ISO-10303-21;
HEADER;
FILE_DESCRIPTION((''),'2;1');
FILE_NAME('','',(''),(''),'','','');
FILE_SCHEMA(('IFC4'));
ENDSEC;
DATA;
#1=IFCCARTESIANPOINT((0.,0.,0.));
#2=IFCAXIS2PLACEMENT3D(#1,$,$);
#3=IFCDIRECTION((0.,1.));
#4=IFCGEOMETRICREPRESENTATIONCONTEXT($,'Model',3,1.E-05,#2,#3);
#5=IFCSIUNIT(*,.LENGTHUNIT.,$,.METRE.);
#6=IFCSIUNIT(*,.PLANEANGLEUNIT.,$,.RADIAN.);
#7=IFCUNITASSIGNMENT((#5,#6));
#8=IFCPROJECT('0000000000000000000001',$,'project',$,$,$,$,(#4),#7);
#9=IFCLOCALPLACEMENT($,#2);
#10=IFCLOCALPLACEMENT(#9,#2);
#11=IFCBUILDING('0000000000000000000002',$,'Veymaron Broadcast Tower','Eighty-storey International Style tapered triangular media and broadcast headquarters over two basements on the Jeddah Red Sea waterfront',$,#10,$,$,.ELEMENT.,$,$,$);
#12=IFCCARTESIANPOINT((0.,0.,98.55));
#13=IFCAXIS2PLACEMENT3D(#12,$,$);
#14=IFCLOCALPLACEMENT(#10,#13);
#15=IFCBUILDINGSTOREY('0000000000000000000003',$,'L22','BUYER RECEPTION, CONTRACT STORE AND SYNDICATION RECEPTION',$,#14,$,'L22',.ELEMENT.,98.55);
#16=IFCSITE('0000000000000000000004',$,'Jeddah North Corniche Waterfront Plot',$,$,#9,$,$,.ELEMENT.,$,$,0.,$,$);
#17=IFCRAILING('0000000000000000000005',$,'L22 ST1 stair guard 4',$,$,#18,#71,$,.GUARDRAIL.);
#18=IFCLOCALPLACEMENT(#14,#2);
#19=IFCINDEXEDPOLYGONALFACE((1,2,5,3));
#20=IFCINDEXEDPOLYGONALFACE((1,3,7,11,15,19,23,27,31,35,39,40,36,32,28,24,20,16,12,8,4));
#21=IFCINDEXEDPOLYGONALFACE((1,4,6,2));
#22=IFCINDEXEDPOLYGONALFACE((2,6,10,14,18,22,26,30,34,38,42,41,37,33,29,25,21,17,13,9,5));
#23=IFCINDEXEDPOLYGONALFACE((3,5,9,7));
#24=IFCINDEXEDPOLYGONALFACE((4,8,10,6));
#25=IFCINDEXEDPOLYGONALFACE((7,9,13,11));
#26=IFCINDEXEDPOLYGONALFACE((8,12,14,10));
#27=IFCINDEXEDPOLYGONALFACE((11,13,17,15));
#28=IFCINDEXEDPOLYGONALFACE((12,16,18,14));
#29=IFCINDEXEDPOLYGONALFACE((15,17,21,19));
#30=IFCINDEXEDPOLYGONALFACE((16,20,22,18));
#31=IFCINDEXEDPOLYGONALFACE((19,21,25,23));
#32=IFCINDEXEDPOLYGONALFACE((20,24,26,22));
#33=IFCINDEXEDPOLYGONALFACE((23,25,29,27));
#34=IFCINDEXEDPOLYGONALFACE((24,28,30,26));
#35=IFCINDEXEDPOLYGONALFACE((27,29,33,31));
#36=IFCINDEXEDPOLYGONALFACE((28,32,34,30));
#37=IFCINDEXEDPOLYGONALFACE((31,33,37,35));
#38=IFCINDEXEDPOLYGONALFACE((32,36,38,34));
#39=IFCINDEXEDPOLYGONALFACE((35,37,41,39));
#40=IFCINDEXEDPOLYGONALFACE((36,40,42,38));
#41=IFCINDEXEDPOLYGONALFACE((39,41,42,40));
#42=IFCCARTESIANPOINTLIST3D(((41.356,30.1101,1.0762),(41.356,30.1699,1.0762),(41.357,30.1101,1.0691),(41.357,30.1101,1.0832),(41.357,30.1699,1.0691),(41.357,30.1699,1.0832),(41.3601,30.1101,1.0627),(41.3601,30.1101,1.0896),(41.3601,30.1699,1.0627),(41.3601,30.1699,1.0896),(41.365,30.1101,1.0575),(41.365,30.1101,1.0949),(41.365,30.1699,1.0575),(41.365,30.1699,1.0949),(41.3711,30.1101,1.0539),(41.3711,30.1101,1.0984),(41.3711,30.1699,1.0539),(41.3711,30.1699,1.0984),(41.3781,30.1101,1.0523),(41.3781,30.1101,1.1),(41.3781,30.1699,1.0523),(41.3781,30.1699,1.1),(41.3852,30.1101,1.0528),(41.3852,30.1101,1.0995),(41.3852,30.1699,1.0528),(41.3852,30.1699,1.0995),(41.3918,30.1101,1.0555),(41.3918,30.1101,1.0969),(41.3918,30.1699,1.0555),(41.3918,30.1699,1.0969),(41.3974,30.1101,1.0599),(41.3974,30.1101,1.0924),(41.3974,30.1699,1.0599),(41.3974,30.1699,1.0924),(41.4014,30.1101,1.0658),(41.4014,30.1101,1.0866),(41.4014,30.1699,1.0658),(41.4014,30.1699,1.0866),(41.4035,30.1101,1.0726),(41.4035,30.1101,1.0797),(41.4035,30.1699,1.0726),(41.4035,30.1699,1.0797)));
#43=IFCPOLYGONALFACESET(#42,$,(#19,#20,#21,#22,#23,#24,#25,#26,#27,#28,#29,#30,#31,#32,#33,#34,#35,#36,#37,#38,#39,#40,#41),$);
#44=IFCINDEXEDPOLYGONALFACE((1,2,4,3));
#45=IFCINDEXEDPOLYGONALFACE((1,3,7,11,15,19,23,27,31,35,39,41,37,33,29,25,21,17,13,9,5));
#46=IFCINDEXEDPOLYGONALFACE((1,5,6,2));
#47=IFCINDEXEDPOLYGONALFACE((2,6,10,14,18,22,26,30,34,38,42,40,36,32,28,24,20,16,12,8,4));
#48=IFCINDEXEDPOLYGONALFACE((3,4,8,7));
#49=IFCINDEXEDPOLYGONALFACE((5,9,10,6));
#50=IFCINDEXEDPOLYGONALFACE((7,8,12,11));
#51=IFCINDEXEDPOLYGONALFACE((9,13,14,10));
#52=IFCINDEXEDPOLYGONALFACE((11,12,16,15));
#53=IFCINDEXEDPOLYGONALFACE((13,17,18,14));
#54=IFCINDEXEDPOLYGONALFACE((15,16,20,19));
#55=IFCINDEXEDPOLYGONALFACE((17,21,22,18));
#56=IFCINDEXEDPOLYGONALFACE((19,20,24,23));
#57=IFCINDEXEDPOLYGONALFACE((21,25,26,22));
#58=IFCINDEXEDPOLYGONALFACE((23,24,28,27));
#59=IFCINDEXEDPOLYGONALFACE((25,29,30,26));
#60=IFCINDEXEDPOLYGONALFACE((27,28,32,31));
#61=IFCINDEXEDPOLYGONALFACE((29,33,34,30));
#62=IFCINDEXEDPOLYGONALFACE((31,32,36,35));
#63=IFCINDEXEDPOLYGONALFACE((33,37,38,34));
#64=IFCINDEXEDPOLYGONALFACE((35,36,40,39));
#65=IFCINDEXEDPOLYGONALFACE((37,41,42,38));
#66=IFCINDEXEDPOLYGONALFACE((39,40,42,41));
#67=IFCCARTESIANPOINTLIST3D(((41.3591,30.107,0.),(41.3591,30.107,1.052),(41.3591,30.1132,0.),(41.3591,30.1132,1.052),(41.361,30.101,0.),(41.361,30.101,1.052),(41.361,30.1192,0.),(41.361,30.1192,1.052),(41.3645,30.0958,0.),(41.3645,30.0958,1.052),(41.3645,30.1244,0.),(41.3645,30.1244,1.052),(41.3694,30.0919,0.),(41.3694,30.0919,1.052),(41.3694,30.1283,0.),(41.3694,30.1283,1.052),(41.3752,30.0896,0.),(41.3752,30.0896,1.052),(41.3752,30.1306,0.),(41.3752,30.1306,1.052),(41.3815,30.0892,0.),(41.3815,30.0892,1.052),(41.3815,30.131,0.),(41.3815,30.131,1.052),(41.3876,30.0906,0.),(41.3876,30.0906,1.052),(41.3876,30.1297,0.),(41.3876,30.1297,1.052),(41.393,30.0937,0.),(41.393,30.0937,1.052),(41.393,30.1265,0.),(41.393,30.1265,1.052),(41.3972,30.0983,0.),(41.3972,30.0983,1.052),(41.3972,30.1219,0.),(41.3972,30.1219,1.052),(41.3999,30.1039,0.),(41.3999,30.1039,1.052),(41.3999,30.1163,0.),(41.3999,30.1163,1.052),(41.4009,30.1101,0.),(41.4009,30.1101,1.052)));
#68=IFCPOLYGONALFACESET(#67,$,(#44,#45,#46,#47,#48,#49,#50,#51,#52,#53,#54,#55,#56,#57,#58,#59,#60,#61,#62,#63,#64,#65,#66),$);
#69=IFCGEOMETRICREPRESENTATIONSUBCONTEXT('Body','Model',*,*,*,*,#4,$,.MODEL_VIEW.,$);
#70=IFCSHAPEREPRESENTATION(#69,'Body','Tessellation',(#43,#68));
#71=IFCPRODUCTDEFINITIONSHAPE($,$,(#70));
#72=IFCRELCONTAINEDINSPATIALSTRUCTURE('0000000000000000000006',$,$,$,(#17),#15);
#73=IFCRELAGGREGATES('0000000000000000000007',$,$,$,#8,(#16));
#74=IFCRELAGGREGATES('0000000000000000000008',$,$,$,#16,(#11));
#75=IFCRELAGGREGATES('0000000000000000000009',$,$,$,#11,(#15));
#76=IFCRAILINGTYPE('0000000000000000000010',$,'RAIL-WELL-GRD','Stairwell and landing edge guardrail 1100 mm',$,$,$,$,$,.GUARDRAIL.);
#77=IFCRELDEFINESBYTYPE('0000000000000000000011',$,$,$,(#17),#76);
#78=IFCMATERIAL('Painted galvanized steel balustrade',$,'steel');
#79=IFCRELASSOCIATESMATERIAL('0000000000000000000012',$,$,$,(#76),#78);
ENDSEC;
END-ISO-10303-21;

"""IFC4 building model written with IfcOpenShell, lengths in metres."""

from ifc_helpers import new_model, si_unit, direction, frame, origin, origin_2d, place, context, subcontext, project, spatial, circle, extrude, material, type_object, element, save


model = new_model("IFC4")

# Units and contexts
model_context = context("Model", 3, precision=1e-05, world=origin(), true_north=direction((0.0, 1.0)))
body_context = subcontext(model_context, "Body", "Model", "MODEL_VIEW")
ifc_project = project(units=[si_unit("LENGTHUNIT", "METRE"), si_unit("PLANEANGLEUNIT", "RADIAN")], contexts=[model_context])

# Site, building, storey
site_placement = place(None, origin())
site = spatial("IfcSite", under=ifc_project, at=site_placement, Name="Jeddah North Corniche Waterfront Plot", CompositionType="ELEMENT", RefElevation=0.0)
building_placement = place(site_placement, origin())
building = spatial("IfcBuilding", under=site, at=building_placement, Name="Veymaron Broadcast Tower", Description="Eighty-storey International Style tapered triangular media and broadcast headquarters over two basements on the Jeddah Red Sea waterfront", CompositionType="ELEMENT")
storey_placement = place(building_placement, frame((0.0, 0.0, 98.55)))
storey = spatial("IfcBuildingStorey", under=building, at=storey_placement, Name="L22", Description="BUYER RECEPTION, CONTRACT STORE AND SYNDICATION RECEPTION", LongName="L22", CompositionType="ELEMENT", Elevation=98.55)

# Railing
ifc_material_1 = material(Name="Painted galvanized steel balustrade", Category="steel")
railing_type_1 = type_object("IfcRailingType", Name="RAIL-WELL-GRD", Description="Stairwell and landing edge guardrail 1100 mm", PredefinedType="GUARDRAIL", material=ifc_material_1)
railing_1_placement = place(storey_placement, frame((41.3799, 30.1101, 0.0)))
element("IfcRailing", 1, at=railing_1_placement, inside=storey, type_object=railing_type_1, Name="L22 ST1 stair guard 4", PredefinedType="GUARDRAIL", context=body_context, shape_type="SweptSolid", body=[
    extrude(circle(Radius=0.0239, at=origin_2d()), frame((0.0, 0.0, 1.0762), z_axis=(0.0, 1.0, 0.0), x_axis=(-1.0, 0.0, 0.0)), (0.0, 0.0, 1.0), 0.0598),
    extrude(circle(Radius=0.021, at=origin_2d()), origin(), (0.0, 0.0, 1.0), 1.052),
])

save(model, "model.ifc")
